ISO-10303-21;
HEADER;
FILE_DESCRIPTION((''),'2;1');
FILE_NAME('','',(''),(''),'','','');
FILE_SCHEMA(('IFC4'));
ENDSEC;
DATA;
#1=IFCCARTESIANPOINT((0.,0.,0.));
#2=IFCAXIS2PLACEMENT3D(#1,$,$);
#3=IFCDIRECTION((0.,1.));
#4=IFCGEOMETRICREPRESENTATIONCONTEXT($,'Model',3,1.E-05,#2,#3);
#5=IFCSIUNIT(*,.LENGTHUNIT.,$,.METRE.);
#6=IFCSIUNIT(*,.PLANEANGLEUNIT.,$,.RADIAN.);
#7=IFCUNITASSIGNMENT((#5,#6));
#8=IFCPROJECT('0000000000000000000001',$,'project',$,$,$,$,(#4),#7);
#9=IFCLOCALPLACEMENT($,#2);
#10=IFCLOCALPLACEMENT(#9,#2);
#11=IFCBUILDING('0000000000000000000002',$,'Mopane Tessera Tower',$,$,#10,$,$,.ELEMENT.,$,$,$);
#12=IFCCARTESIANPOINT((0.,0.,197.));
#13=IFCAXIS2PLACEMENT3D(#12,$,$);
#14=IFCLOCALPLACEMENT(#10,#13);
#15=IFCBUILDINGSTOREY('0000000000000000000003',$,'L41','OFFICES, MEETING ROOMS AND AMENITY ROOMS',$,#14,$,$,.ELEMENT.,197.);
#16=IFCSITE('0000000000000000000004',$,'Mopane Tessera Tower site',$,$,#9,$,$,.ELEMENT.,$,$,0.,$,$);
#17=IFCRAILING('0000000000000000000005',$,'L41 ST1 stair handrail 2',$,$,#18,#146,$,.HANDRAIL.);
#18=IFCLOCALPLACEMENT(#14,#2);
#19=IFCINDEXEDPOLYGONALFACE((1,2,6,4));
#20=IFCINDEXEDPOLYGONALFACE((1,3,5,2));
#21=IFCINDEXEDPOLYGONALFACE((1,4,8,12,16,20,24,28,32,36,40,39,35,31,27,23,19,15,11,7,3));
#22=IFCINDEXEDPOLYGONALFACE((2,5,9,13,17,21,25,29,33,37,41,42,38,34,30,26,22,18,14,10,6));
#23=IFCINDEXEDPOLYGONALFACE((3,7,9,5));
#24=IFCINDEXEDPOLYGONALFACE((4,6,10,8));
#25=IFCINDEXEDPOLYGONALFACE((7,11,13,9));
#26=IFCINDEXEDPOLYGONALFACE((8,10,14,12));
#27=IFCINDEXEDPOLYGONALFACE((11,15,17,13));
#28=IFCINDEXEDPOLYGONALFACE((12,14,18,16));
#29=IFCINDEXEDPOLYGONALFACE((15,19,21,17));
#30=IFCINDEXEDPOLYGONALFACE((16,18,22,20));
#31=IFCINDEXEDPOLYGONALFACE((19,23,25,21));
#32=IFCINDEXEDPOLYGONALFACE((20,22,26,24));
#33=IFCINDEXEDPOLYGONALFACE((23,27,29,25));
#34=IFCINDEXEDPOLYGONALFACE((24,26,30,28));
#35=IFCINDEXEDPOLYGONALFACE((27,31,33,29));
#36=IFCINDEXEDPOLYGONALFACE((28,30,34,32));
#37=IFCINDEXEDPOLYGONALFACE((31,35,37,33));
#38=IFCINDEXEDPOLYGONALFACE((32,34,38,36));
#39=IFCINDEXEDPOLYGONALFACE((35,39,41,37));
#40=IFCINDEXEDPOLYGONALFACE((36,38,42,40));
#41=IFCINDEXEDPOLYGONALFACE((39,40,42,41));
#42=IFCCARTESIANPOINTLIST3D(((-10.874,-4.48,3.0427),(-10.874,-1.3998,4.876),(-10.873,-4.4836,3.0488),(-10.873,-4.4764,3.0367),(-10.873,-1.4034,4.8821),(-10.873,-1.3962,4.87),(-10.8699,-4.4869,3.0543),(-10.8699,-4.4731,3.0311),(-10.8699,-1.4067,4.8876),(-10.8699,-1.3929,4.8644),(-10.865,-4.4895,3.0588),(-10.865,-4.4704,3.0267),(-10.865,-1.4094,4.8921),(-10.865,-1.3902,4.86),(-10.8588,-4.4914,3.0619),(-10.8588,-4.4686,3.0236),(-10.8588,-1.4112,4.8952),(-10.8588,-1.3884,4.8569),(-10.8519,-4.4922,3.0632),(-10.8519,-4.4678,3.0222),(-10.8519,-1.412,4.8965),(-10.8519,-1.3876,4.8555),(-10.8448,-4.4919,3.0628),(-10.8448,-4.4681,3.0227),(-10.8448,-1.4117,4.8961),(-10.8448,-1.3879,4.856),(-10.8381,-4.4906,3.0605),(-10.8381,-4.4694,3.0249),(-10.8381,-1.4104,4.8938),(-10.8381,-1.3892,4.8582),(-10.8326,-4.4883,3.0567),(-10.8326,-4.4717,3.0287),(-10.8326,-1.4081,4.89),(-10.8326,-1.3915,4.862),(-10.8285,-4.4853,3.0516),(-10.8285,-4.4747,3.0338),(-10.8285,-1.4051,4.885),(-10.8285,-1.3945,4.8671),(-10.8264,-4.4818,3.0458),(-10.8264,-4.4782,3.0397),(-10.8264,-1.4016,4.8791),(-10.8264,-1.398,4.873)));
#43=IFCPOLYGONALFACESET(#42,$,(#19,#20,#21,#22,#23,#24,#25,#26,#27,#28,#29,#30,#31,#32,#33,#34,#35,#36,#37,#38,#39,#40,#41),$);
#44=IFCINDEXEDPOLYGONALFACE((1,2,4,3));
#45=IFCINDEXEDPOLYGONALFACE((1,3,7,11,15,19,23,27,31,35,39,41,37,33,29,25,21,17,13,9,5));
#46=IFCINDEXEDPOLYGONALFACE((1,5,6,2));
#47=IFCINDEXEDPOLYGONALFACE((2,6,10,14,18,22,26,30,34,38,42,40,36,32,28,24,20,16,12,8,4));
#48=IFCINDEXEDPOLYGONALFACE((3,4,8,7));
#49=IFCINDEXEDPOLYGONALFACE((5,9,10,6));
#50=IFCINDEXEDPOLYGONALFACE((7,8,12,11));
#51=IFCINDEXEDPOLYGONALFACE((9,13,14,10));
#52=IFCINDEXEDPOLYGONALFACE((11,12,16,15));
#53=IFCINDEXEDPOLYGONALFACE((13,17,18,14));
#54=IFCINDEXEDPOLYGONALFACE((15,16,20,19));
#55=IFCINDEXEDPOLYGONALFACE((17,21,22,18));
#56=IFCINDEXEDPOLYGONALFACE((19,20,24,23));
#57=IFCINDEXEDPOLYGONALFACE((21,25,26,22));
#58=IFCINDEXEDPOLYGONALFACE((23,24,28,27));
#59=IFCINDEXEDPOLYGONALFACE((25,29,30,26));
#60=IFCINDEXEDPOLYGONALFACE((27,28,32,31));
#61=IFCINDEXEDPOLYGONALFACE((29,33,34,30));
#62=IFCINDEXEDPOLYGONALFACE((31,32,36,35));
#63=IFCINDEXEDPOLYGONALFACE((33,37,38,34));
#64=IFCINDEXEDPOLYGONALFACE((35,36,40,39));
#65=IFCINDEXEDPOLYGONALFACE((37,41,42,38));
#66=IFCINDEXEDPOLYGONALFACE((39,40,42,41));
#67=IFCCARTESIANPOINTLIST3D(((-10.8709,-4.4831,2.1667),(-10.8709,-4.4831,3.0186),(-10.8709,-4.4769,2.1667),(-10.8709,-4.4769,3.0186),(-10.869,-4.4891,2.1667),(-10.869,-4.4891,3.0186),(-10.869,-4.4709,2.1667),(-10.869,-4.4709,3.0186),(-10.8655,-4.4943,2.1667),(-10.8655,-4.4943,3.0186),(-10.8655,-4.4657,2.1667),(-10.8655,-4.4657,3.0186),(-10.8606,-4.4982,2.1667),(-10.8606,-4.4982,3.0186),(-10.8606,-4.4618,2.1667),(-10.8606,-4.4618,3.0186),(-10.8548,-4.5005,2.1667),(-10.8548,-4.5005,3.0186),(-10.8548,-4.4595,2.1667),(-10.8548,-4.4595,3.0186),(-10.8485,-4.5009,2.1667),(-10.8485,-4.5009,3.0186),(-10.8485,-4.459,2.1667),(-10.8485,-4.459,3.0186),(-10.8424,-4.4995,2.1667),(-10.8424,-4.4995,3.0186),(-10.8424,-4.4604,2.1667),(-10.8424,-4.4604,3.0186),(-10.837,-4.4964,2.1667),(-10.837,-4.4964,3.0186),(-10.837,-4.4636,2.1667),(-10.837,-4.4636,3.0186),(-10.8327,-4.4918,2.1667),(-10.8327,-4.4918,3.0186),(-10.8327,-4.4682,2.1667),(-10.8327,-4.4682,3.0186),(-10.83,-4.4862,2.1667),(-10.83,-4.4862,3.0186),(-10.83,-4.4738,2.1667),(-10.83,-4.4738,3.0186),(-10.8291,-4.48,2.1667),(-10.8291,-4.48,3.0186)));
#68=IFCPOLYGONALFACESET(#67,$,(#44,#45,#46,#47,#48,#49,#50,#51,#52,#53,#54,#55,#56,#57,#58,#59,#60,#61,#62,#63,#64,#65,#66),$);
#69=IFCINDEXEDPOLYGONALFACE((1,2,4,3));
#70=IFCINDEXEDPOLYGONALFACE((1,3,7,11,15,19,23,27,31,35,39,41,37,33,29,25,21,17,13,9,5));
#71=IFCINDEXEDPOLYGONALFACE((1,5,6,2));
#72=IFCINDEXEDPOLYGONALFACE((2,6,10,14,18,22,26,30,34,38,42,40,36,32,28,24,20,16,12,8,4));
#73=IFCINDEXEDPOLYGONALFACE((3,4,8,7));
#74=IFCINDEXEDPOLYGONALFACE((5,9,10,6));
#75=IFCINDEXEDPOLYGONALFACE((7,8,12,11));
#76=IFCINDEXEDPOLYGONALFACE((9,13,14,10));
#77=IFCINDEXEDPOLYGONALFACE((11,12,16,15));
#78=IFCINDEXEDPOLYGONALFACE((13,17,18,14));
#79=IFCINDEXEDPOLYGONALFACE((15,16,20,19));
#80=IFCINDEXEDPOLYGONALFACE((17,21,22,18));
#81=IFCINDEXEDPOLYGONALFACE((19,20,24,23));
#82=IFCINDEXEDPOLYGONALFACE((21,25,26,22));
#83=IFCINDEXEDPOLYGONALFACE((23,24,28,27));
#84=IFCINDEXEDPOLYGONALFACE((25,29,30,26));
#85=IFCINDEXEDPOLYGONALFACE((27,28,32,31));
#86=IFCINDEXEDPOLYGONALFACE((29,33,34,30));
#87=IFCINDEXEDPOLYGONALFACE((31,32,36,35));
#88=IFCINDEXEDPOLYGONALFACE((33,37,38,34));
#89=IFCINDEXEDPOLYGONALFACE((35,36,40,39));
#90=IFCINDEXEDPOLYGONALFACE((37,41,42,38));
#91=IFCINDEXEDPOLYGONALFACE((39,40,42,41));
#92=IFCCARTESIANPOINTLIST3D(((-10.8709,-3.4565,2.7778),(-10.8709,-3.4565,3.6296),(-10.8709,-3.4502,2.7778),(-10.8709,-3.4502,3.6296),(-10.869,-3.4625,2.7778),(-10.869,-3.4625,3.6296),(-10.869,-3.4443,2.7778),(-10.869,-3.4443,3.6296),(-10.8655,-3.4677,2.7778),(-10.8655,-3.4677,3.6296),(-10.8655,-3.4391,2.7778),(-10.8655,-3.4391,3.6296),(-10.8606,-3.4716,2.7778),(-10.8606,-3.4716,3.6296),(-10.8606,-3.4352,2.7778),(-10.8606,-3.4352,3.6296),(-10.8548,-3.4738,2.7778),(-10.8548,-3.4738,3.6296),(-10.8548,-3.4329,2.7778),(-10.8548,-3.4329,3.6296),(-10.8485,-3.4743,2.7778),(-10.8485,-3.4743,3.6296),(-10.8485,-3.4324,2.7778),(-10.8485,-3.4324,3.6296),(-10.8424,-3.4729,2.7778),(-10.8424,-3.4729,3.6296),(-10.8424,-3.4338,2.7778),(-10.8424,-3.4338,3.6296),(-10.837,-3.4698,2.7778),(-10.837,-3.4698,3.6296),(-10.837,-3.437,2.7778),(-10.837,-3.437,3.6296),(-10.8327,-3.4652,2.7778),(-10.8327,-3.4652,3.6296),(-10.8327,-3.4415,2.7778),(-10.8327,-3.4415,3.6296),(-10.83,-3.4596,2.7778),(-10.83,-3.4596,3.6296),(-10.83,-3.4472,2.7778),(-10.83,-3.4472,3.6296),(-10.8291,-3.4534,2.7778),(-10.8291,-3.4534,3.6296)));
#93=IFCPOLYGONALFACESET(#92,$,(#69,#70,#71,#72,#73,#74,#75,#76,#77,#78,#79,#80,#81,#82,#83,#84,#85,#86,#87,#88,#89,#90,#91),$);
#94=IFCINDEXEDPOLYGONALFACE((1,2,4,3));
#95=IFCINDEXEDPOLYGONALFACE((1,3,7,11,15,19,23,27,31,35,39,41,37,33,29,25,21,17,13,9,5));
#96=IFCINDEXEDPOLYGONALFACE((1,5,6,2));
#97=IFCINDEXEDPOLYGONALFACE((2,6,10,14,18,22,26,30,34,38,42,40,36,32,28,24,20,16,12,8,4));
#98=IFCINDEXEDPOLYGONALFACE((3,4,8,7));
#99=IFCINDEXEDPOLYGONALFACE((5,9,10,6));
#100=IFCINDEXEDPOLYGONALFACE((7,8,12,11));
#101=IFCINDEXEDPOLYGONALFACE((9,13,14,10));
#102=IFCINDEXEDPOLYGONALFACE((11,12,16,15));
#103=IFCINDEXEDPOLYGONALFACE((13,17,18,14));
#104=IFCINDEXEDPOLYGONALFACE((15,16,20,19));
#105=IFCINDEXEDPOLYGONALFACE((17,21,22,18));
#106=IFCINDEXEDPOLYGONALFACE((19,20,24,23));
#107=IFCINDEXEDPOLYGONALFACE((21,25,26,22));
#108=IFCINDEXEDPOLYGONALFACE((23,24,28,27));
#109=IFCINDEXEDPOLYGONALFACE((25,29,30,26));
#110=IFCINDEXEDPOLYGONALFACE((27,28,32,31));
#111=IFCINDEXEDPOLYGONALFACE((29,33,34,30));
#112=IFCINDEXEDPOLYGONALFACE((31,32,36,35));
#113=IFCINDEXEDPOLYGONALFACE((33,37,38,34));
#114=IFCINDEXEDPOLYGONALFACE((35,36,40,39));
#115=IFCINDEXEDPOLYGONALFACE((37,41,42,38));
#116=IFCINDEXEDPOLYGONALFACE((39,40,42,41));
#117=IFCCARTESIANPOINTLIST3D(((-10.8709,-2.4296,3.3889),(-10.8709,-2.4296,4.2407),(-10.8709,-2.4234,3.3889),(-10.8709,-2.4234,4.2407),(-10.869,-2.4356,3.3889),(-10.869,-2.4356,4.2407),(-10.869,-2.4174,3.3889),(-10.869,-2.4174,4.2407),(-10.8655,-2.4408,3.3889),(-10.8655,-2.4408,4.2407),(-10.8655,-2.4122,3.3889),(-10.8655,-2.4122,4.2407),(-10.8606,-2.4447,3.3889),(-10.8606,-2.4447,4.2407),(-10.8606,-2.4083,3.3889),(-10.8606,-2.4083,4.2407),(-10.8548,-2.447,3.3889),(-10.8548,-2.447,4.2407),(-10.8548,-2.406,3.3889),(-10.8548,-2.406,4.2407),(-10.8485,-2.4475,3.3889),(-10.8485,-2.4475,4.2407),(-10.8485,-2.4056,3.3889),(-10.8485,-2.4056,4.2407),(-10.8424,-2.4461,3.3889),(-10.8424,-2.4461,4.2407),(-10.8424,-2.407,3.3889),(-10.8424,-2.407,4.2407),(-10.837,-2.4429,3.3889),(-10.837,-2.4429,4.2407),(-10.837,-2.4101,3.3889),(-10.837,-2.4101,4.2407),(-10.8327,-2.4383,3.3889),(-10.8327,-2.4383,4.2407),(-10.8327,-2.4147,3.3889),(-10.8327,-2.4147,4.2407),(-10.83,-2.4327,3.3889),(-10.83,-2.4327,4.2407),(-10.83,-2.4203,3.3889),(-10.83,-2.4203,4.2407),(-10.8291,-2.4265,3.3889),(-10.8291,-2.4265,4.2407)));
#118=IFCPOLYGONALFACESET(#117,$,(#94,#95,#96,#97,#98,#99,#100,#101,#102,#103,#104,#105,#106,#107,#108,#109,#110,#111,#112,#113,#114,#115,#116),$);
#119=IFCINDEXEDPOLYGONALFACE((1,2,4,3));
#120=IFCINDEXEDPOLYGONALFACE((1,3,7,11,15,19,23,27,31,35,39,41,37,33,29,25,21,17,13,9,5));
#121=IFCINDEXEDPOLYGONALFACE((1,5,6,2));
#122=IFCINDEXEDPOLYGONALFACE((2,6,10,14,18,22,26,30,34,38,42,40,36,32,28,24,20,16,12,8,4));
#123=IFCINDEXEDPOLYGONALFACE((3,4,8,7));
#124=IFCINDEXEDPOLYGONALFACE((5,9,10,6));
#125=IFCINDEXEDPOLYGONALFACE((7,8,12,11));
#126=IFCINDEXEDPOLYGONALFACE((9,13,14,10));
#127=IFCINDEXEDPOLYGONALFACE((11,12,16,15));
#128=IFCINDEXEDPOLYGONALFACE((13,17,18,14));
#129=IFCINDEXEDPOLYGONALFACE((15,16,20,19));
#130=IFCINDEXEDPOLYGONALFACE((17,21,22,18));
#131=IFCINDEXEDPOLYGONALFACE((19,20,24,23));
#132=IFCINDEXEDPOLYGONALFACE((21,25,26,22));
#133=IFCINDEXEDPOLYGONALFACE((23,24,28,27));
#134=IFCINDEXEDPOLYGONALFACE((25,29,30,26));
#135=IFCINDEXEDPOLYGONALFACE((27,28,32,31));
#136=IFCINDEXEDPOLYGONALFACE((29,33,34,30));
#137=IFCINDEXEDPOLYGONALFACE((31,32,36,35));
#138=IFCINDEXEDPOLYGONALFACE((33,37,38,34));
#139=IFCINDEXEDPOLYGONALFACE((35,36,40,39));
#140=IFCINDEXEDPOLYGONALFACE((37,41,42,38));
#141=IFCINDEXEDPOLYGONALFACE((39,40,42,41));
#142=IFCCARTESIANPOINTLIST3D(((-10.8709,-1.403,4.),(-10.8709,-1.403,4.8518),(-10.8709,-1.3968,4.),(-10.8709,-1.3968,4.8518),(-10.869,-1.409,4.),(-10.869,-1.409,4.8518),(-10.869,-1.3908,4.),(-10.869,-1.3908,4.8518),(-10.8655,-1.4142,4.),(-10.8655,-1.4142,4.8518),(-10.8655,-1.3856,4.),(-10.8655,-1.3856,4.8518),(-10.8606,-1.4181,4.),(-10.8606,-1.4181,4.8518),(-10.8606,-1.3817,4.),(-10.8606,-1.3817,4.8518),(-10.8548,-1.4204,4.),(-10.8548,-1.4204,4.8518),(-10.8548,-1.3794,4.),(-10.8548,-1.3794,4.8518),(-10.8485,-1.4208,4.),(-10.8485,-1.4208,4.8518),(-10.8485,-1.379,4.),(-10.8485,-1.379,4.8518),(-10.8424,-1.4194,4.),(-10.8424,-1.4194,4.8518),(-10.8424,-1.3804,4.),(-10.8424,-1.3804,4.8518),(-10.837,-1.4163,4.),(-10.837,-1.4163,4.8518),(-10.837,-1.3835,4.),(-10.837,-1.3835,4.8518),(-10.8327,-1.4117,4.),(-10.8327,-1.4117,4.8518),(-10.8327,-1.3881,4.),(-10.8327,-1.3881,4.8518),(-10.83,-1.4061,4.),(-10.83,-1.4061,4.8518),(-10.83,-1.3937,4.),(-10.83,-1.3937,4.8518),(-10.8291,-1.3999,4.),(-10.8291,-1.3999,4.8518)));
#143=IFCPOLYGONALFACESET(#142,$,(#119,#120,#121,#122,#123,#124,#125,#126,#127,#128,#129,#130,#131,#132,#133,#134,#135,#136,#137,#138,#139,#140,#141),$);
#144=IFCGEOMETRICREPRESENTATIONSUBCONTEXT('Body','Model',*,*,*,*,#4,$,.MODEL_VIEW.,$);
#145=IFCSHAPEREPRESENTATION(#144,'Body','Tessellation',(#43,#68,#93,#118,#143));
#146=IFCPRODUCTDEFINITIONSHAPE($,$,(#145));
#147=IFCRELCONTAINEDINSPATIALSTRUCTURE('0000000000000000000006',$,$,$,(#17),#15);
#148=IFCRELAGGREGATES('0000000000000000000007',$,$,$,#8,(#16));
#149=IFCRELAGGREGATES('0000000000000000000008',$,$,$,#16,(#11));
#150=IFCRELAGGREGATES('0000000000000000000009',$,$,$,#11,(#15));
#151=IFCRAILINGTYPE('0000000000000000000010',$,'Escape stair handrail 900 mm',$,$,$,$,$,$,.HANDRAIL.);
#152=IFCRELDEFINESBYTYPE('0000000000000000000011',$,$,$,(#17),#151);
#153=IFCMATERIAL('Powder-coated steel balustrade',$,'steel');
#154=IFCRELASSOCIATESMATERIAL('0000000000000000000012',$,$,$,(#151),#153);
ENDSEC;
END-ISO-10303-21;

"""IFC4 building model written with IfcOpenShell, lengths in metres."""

from ifc_helpers import new_model, si_unit, direction, frame, origin, origin_2d, place, context, subcontext, project, spatial, circle, extrude, material, type_object, element, save


model = new_model("IFC4")

# Units and contexts
model_context = context("Model", 3, precision=1e-05, world=origin(), true_north=direction((0.0, 1.0)))
body_context = subcontext(model_context, "Body", "Model", "MODEL_VIEW")
ifc_project = project(units=[si_unit("LENGTHUNIT", "METRE"), si_unit("PLANEANGLEUNIT", "RADIAN")], contexts=[model_context])

# Site, building, storey
site_placement = place(None, origin())
site = spatial("IfcSite", under=ifc_project, at=site_placement, Name="Mopane Tessera Tower site", CompositionType="ELEMENT", RefElevation=0.0)
building_placement = place(site_placement, origin())
building = spatial("IfcBuilding", under=site, at=building_placement, Name="Mopane Tessera Tower", CompositionType="ELEMENT")
storey_placement = place(building_placement, frame((0.0, 0.0, 197.0)))
storey = spatial("IfcBuildingStorey", under=building, at=storey_placement, Name="L41", Description="OFFICES, MEETING ROOMS AND AMENITY ROOMS", CompositionType="ELEMENT", Elevation=197.0)

# Railing
ifc_material_1 = material(Name="Powder-coated steel balustrade", Category="steel")
railing_type_1 = type_object("IfcRailingType", Name="Escape stair handrail 900 mm", PredefinedType="HANDRAIL", material=ifc_material_1)
railing_1_placement = place(storey_placement, frame((-10.8501, -4.48, 2.1667)))
element("IfcRailing", 1, at=railing_1_placement, inside=storey, type_object=railing_type_1, Name="L41 ST1 stair handrail 2", PredefinedType="HANDRAIL", context=body_context, shape_type="SweptSolid", body=[
    extrude(circle(Radius=0.0239, at=origin_2d()), frame((0.0, 0.0, 0.876), z_axis=(0.0, 0.859309, 0.511458), x_axis=(-1.0, 0.0, 0.0)), (0.0, 0.0, 1.0), 3.5845),
    extrude(circle(Radius=0.021, at=origin_2d()), origin(), (0.0, 0.0, 1.0), 0.8518),
    extrude(circle(Radius=0.021, at=origin_2d()), frame((0.0, 1.0266, 0.6111)), (0.0, 0.0, 1.0), 0.8518),
    extrude(circle(Radius=0.021, at=origin_2d()), frame((0.0, 2.0535, 1.2222)), (0.0, 0.0, 1.0), 0.8518),
    extrude(circle(Radius=0.021, at=origin_2d()), frame((0.0, 3.0801, 1.8333)), (0.0, 0.0, 1.0), 0.8518),
])

save(model, "model.ifc")
